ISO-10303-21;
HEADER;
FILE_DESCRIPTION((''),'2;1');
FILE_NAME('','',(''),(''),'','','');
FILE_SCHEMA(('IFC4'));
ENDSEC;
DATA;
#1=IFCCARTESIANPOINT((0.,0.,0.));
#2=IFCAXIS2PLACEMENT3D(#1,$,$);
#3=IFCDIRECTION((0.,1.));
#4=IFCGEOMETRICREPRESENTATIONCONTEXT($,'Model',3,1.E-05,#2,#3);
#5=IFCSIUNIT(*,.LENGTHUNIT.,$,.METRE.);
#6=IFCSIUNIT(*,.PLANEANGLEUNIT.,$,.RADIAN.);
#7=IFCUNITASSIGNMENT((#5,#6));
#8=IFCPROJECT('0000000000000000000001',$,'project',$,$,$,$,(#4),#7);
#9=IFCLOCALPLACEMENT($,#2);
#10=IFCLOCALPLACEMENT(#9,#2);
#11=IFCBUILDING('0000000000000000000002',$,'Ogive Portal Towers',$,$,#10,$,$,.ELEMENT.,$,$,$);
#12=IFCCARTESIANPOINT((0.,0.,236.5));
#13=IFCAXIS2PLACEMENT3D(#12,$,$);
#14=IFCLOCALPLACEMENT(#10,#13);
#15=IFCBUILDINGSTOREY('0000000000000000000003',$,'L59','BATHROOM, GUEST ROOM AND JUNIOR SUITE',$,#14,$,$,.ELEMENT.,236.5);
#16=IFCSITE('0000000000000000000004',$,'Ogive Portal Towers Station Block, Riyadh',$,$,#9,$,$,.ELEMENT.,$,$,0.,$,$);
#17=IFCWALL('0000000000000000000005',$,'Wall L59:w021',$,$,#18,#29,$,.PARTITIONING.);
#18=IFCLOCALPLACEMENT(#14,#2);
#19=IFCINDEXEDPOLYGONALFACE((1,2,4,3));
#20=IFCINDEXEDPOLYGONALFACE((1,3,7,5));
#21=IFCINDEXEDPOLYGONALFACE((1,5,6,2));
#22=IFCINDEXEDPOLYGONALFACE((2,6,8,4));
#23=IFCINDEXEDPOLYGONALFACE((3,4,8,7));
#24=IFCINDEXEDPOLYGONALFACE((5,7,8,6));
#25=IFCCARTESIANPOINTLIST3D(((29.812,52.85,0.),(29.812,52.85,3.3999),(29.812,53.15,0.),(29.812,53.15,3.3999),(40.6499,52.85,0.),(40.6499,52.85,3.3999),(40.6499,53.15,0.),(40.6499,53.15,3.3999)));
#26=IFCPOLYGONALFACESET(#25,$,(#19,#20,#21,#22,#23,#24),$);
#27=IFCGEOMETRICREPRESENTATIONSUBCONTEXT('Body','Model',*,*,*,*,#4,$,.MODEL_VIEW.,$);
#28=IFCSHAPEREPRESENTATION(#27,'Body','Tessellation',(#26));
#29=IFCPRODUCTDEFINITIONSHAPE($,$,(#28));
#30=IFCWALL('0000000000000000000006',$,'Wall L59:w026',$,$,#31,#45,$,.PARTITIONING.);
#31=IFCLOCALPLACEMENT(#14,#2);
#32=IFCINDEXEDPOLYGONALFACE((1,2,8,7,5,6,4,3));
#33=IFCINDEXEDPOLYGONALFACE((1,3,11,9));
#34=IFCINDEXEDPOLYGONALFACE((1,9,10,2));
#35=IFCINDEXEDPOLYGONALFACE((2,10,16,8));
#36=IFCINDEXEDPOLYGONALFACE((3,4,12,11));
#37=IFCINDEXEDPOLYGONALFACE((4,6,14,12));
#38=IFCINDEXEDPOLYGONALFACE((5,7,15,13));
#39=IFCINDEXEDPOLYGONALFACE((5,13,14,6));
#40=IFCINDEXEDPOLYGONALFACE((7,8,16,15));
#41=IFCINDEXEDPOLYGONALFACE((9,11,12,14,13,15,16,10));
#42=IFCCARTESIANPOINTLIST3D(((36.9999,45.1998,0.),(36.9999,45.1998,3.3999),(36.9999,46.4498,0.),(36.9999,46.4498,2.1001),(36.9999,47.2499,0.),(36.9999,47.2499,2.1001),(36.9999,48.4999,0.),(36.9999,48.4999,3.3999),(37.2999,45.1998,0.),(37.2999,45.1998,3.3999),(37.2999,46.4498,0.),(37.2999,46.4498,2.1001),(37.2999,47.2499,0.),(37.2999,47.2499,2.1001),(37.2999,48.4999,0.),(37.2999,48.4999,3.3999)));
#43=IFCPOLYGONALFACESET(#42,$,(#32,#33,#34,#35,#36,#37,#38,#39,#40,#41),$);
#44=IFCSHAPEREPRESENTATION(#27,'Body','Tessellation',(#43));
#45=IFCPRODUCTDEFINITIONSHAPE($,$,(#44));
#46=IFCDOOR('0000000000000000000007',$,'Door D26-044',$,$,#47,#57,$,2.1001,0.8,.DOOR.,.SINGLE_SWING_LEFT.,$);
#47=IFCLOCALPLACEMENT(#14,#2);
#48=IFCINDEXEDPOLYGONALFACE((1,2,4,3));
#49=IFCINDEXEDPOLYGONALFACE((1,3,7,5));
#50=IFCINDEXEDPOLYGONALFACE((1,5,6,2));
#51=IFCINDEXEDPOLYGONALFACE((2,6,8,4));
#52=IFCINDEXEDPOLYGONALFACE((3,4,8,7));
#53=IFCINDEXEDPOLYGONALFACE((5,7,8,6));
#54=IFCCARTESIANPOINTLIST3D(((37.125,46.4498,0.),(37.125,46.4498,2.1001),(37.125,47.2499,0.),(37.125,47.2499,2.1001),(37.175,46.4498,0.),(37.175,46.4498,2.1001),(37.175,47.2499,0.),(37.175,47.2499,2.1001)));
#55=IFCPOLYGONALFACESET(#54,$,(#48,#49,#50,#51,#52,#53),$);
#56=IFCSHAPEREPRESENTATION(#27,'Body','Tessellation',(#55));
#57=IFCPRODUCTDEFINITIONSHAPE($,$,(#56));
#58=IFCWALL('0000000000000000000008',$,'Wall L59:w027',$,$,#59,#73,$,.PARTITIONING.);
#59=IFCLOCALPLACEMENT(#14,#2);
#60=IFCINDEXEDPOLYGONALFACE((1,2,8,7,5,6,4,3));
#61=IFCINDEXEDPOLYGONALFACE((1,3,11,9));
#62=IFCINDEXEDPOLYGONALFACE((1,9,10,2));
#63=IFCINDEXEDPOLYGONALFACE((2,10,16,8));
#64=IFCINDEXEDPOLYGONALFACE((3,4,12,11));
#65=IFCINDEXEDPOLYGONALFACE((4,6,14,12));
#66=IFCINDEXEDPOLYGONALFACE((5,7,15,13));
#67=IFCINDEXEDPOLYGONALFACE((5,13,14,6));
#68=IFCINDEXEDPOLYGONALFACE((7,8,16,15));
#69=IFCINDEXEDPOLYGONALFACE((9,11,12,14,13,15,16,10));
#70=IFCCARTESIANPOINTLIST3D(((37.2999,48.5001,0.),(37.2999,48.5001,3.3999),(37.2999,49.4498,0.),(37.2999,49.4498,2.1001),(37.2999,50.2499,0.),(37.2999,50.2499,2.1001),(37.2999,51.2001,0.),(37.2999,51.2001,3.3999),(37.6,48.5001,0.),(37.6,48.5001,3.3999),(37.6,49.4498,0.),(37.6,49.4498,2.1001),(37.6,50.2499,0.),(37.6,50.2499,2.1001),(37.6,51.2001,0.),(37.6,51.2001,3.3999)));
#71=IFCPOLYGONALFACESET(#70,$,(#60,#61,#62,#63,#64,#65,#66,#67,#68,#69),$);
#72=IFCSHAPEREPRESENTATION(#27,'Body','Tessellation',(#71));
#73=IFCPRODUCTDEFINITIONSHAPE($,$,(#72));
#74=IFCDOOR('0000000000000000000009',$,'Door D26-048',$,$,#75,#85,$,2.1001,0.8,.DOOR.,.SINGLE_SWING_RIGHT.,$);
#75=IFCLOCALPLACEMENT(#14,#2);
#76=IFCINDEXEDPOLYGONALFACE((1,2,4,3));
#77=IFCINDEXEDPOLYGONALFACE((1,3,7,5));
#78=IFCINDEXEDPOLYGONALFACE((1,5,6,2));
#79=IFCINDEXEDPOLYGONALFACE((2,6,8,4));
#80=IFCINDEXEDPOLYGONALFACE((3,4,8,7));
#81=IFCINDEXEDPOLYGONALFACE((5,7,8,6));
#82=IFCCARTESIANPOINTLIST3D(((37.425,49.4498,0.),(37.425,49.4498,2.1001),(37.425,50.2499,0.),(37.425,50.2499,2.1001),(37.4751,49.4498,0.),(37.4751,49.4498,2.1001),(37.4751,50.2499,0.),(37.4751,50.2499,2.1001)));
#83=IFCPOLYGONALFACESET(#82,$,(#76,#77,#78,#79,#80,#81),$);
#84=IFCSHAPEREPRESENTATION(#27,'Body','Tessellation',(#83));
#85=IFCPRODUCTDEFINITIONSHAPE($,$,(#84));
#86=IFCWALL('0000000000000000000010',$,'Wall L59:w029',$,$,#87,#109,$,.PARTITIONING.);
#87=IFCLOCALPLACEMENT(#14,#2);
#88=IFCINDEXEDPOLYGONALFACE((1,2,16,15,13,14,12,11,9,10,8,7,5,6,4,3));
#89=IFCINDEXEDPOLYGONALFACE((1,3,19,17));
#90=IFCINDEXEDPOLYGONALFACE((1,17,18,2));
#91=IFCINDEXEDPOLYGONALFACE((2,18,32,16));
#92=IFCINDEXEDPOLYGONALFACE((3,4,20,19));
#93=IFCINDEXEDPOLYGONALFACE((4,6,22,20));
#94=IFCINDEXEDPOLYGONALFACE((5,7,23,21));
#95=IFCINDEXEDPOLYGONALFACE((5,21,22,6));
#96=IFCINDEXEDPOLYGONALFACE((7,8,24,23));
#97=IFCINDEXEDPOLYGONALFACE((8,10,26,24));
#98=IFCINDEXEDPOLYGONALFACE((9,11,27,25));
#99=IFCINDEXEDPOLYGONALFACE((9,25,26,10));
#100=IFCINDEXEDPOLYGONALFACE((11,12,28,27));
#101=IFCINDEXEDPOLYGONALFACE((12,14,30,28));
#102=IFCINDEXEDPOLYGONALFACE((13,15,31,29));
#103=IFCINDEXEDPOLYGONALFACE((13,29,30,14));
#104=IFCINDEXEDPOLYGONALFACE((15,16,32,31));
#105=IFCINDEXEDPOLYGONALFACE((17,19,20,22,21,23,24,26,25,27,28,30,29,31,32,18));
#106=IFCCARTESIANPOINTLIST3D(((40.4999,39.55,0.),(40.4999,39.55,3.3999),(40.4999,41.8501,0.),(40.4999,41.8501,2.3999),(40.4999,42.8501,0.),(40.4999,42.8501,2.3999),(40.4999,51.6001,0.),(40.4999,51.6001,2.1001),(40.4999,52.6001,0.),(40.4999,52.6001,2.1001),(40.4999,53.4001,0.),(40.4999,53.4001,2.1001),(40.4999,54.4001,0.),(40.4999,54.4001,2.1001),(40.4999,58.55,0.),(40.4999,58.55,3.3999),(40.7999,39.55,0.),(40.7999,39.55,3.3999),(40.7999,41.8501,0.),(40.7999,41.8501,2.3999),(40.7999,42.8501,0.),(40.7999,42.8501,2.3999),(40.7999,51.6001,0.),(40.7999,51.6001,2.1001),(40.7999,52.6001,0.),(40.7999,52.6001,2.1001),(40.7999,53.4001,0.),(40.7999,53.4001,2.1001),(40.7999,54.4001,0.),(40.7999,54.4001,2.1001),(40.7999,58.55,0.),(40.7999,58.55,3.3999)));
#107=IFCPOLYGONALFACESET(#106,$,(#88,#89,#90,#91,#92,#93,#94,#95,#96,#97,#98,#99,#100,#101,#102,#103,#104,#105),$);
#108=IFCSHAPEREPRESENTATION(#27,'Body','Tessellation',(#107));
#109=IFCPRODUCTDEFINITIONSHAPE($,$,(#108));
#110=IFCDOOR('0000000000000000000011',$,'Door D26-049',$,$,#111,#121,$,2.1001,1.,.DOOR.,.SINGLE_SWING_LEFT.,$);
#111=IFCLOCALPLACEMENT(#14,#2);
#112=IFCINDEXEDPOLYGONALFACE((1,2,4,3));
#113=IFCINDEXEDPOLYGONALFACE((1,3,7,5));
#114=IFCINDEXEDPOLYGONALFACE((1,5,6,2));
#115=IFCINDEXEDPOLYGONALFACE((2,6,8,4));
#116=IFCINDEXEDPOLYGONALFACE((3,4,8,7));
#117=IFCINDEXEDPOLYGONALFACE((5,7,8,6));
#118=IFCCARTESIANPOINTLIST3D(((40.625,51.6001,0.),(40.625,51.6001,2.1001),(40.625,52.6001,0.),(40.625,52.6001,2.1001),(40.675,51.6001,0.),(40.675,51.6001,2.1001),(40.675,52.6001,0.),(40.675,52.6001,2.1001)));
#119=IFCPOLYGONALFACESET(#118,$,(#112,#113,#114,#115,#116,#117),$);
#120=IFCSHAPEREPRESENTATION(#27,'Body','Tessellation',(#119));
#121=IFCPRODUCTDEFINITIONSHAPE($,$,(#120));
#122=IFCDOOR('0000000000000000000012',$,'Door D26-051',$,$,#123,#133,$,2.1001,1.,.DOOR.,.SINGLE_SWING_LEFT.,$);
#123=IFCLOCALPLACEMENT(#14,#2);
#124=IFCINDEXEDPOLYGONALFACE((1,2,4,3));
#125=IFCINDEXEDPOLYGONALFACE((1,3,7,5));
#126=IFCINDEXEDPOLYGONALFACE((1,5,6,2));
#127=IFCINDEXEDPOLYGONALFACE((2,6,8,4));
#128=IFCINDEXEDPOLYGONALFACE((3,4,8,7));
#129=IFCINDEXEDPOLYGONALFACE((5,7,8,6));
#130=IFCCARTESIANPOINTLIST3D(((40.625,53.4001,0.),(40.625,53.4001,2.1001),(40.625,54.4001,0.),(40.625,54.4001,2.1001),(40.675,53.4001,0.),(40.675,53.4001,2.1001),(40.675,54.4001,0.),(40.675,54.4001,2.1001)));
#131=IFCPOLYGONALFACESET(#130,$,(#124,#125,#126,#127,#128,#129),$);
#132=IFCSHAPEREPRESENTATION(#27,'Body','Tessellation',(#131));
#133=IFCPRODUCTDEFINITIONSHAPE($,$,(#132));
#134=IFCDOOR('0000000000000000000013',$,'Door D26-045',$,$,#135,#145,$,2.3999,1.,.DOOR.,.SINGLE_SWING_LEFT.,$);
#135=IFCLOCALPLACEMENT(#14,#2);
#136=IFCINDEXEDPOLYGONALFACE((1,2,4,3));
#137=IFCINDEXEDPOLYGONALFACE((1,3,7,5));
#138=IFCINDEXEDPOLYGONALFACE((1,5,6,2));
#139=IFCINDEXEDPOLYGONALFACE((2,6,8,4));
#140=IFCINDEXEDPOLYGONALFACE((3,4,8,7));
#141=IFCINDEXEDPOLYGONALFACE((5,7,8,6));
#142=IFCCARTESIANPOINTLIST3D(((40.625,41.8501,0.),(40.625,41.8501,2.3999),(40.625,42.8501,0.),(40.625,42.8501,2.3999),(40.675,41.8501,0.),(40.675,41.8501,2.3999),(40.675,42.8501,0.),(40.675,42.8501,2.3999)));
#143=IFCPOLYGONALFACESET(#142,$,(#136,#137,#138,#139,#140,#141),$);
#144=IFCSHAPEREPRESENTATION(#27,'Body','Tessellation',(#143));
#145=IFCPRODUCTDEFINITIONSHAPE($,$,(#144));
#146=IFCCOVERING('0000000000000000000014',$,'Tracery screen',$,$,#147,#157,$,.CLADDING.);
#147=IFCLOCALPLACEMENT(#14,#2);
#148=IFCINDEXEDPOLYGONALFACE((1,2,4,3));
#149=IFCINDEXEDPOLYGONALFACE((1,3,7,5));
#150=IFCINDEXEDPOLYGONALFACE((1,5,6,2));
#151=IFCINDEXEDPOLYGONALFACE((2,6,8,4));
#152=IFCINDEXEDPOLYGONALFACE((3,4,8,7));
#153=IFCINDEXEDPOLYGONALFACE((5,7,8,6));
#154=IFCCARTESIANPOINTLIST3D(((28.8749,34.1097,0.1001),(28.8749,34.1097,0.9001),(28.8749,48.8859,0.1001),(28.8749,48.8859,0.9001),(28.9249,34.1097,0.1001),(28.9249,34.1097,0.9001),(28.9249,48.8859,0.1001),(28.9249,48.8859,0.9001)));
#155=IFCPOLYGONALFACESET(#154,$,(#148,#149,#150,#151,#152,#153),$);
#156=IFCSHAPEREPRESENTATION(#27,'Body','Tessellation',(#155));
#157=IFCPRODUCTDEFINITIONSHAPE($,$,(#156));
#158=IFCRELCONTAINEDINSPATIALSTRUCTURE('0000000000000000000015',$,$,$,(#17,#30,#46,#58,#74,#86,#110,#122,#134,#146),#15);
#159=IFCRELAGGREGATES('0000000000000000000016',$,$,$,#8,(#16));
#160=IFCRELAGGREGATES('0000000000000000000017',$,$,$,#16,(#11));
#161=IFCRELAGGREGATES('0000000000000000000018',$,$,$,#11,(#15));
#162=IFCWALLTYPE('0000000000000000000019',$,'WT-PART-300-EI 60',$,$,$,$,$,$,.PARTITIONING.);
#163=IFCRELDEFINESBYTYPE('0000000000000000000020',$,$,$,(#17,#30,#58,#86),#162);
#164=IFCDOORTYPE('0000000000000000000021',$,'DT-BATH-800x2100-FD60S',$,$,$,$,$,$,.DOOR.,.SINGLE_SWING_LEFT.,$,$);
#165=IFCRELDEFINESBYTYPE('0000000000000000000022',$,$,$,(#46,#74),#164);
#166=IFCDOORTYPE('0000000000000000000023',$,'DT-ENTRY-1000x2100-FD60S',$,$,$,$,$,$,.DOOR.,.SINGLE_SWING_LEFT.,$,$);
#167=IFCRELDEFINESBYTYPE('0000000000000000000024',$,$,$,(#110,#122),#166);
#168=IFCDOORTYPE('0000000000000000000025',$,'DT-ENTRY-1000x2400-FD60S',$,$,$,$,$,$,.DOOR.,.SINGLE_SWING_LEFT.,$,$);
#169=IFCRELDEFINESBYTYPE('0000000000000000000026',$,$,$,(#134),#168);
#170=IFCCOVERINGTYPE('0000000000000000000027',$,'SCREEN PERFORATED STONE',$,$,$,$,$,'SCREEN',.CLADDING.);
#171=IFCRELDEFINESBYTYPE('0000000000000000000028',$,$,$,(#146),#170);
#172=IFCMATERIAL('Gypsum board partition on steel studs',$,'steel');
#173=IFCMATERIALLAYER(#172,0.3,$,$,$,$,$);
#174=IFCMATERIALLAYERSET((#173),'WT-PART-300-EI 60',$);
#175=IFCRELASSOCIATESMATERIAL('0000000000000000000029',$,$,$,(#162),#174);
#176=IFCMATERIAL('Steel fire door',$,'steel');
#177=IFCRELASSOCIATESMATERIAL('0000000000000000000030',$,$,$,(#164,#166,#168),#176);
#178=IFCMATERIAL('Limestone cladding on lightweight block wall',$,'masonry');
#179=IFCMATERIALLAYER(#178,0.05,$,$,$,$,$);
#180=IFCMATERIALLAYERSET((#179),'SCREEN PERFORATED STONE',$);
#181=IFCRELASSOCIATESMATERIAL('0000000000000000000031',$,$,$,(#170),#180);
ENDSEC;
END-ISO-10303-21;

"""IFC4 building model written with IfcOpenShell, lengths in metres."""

from ifc_helpers import new_model, si_unit, direction, frame, frame_2d, origin, origin_2d, place, context, subcontext, project, spatial, rectangle, extrude, material, layer, layer_set, type_object, element, fill, save


model = new_model("IFC4")

# Units and contexts
model_context = context("Model", 3, precision=1e-05, world=origin(), true_north=direction((0.0, 1.0)))
body_context = subcontext(model_context, "Body", "Model", "MODEL_VIEW")
ifc_project = project(units=[si_unit("LENGTHUNIT", "METRE"), si_unit("PLANEANGLEUNIT", "RADIAN")], contexts=[model_context])

# Site, building, storey
site_placement = place(None, origin())
site = spatial("IfcSite", under=ifc_project, at=site_placement, Name="Ogive Portal Towers Station Block, Riyadh", CompositionType="ELEMENT", RefElevation=0.0)
building_placement = place(site_placement, origin())
building = spatial("IfcBuilding", under=site, at=building_placement, Name="Ogive Portal Towers", CompositionType="ELEMENT")
storey_placement = place(building_placement, frame((0.0, 0.0, 236.5)))
storey = spatial("IfcBuildingStorey", under=building, at=storey_placement, Name="L59", Description="BATHROOM, GUEST ROOM AND JUNIOR SUITE", CompositionType="ELEMENT", Elevation=236.5)

# Shared definitions
ifc_material_1 = material(Name="Limestone cladding on lightweight block wall", Category="masonry")

# Wall
ifc_material_2 = material(Name="Gypsum board partition on steel studs", Category="steel")
ifc_layer_1 = layer(ifc_material_2, 0.3)
ifc_layer_set_1 = layer_set([ifc_layer_1], Name="WT-PART-300-EI 60")
wall_type_1 = type_object("IfcWallType", Name="WT-PART-300-EI 60", PredefinedType="PARTITIONING", material=ifc_layer_set_1)
wall_1_placement = place(storey_placement, frame((29.812, 53.0, 0.0), z_axis=(0.0, 0.0, 1.0), x_axis=(1.0, 0.0, 0.0)))
element("IfcWall", 1, at=wall_1_placement, inside=storey, type_object=wall_type_1, Name="Wall L59:w021", PredefinedType="PARTITIONING", context=body_context, shape_type="SweptSolid", body=[
    extrude(rectangle(XDim=10.8379, YDim=0.3, at=frame_2d((5.4189, 0.0))), origin(), (0.0, 0.0, 1.0), 3.3999),
])

# Walls, openings, doors
wall_2_placement = place(storey_placement, frame((37.1499, 45.2, 0.0), z_axis=(0.0, 0.0, 1.0), x_axis=(0.0, 1.0, 0.0)))
wall_2 = element("IfcWall", 2, at=wall_2_placement, inside=storey, type_object=wall_type_1, Name="Wall L59:w026", PredefinedType="PARTITIONING", context=body_context, shape_type="SweptSolid", body=[
    extrude(rectangle(XDim=3.3, YDim=0.3, at=frame_2d((1.6499, 0.0))), origin(), (0.0, 0.0, 1.0), 3.3999),
])
opening_1_placement = place(wall_2_placement, frame((1.25, 0.0, 0.0)))
opening_1 = element("IfcOpeningElement", 3, at=opening_1_placement, cuts=wall_2, PredefinedType="OPENING", context=body_context, shape_type="SweptSolid", body=[
    extrude(rectangle(XDim=0.8, YDim=2.1001, at=frame_2d((0.3999, 1.05))), frame((0.0, 0.1602, 0.0), z_axis=(0.0, -1.0, 0.0), x_axis=(1.0, 0.0, 0.0)), (0.0, 0.0, 1.0), 0.3201),
])
ifc_material_3 = material(Name="Steel fire door", Category="steel")
door_type_1 = type_object("IfcDoorType", Name="DT-BATH-800x2100-FD60S", OperationType="SINGLE_SWING_LEFT", PredefinedType="DOOR", material=ifc_material_3)
door_1_placement = place(opening_1_placement, origin())
door_1 = element("IfcDoor", 4, at=door_1_placement, inside=storey, type_object=door_type_1, Name="Door D26-044", OperationType="SINGLE_SWING_LEFT", OverallHeight=2.1001, OverallWidth=0.8, PredefinedType="DOOR", context=body_context, shape_type="SweptSolid", body=[
    extrude(rectangle(XDim=0.8, YDim=2.1001, at=frame_2d((0.3999, 1.05))), frame((0.0, 0.0249, 0.0), z_axis=(0.0, -1.0, 0.0), x_axis=(1.0, 0.0, 0.0)), (0.0, 0.0, 1.0), 0.05),
])
fill(opening_1, door_1)
wall_3_placement = place(storey_placement, frame((37.45, 48.5, 0.0), z_axis=(0.0, 0.0, 1.0), x_axis=(0.0, 1.0, 0.0)))
wall_3 = element("IfcWall", 5, at=wall_3_placement, inside=storey, type_object=wall_type_1, Name="Wall L59:w027", PredefinedType="PARTITIONING", context=body_context, shape_type="SweptSolid", body=[
    extrude(rectangle(XDim=2.7, YDim=0.3, at=frame_2d((1.3501, 0.0))), origin(), (0.0, 0.0, 1.0), 3.3999),
])
opening_2_placement = place(wall_3_placement, frame((0.95, 0.0, 0.0)))
opening_2 = element("IfcOpeningElement", 6, at=opening_2_placement, cuts=wall_3, PredefinedType="OPENING", context=body_context, shape_type="SweptSolid", body=[
    extrude(rectangle(XDim=0.8, YDim=2.1001, at=frame_2d((0.3999, 1.05))), frame((0.0, 0.1602, 0.0), z_axis=(0.0, -1.0, 0.0), x_axis=(1.0, 0.0, 0.0)), (0.0, 0.0, 1.0), 0.3201),
])
door_2_placement = place(opening_2_placement, origin())
door_2 = element("IfcDoor", 7, at=door_2_placement, inside=storey, type_object=door_type_1, Name="Door D26-048", OperationType="SINGLE_SWING_RIGHT", OverallHeight=2.1001, OverallWidth=0.8, PredefinedType="DOOR", context=body_context, shape_type="SweptSolid", body=[
    extrude(rectangle(XDim=0.8, YDim=2.1001, at=frame_2d((0.3999, 1.05))), frame((0.0, 0.0249, 0.0), z_axis=(0.0, -1.0, 0.0), x_axis=(1.0, 0.0, 0.0)), (0.0, 0.0, 1.0), 0.05),
])
fill(opening_2, door_2)

# Wall, openings, doors
wall_4_placement = place(storey_placement, frame((40.6499, 39.55, 0.0), z_axis=(0.0, 0.0, 1.0), x_axis=(0.0, 1.0, 0.0)))
wall_4 = element("IfcWall", 8, at=wall_4_placement, inside=storey, type_object=wall_type_1, Name="Wall L59:w029", PredefinedType="PARTITIONING", context=body_context, shape_type="SweptSolid", body=[
    extrude(rectangle(XDim=19.0, YDim=0.3, at=frame_2d((9.5, 0.0))), origin(), (0.0, 0.0, 1.0), 3.3999),
])
opening_3_placement = place(wall_4_placement, frame((2.3, 0.0, 0.0)))
opening_3 = element("IfcOpeningElement", 9, at=opening_3_placement, cuts=wall_4, PredefinedType="OPENING", context=body_context, shape_type="SweptSolid", body=[
    extrude(rectangle(XDim=1.0, YDim=2.3999, at=frame_2d((0.5, 1.2))), frame((0.0, 0.1602, 0.0), z_axis=(0.0, -1.0, 0.0), x_axis=(1.0, 0.0, 0.0)), (0.0, 0.0, 1.0), 0.3201),
])
opening_4_placement = place(wall_4_placement, frame((12.05, 0.0, 0.0)))
opening_4 = element("IfcOpeningElement", 10, at=opening_4_placement, cuts=wall_4, PredefinedType="OPENING", context=body_context, shape_type="SweptSolid", body=[
    extrude(rectangle(XDim=1.0, YDim=2.1001, at=frame_2d((0.5, 1.05))), frame((0.0, 0.1602, 0.0), z_axis=(0.0, -1.0, 0.0), x_axis=(1.0, 0.0, 0.0)), (0.0, 0.0, 1.0), 0.3201),
])
opening_5_placement = place(wall_4_placement, frame((13.8501, 0.0, 0.0)))
opening_5 = element("IfcOpeningElement", 11, at=opening_5_placement, cuts=wall_4, PredefinedType="OPENING", context=body_context, shape_type="SweptSolid", body=[
    extrude(rectangle(XDim=1.0, YDim=2.1001, at=frame_2d((0.5, 1.05))), frame((0.0, 0.1602, 0.0), z_axis=(0.0, -1.0, 0.0), x_axis=(1.0, 0.0, 0.0)), (0.0, 0.0, 1.0), 0.3201),
])
door_type_2 = type_object("IfcDoorType", Name="DT-ENTRY-1000x2100-FD60S", OperationType="SINGLE_SWING_LEFT", PredefinedType="DOOR", material=ifc_material_3)
door_3_placement = place(opening_4_placement, origin())
door_3 = element("IfcDoor", 12, at=door_3_placement, inside=storey, type_object=door_type_2, Name="Door D26-049", OperationType="SINGLE_SWING_LEFT", OverallHeight=2.1001, OverallWidth=1.0, PredefinedType="DOOR", context=body_context, shape_type="SweptSolid", body=[
    extrude(rectangle(XDim=1.0, YDim=2.1001, at=frame_2d((0.5, 1.05))), frame((0.0, 0.0249, 0.0), z_axis=(0.0, -1.0, 0.0), x_axis=(1.0, 0.0, 0.0)), (0.0, 0.0, 1.0), 0.05),
])
fill(opening_4, door_3)
door_4_placement = place(opening_5_placement, origin())
door_4 = element("IfcDoor", 13, at=door_4_placement, inside=storey, type_object=door_type_2, Name="Door D26-051", OperationType="SINGLE_SWING_LEFT", OverallHeight=2.1001, OverallWidth=1.0, PredefinedType="DOOR", context=body_context, shape_type="SweptSolid", body=[
    extrude(rectangle(XDim=1.0, YDim=2.1001, at=frame_2d((0.5, 1.05))), frame((0.0, 0.0249, 0.0), z_axis=(0.0, -1.0, 0.0), x_axis=(1.0, 0.0, 0.0)), (0.0, 0.0, 1.0), 0.05),
])
fill(opening_5, door_4)
door_type_3 = type_object("IfcDoorType", Name="DT-ENTRY-1000x2400-FD60S", OperationType="SINGLE_SWING_LEFT", PredefinedType="DOOR", material=ifc_material_3)
door_5_placement = place(opening_3_placement, origin())
door_5 = element("IfcDoor", 14, at=door_5_placement, inside=storey, type_object=door_type_3, Name="Door D26-045", OperationType="SINGLE_SWING_LEFT", OverallHeight=2.3999, OverallWidth=1.0, PredefinedType="DOOR", context=body_context, shape_type="SweptSolid", body=[
    extrude(rectangle(XDim=1.0, YDim=2.3999, at=frame_2d((0.5, 1.2))), frame((0.0, 0.0249, 0.0), z_axis=(0.0, -1.0, 0.0), x_axis=(1.0, 0.0, 0.0)), (0.0, 0.0, 1.0), 0.05),
])
fill(opening_3, door_5)

# Covering
ifc_layer_2 = layer(ifc_material_1, 0.05)
ifc_layer_set_2 = layer_set([ifc_layer_2], Name="SCREEN PERFORATED STONE")
covering_type = type_object("IfcCoveringType", Name="SCREEN PERFORATED STONE", ElementType="SCREEN", PredefinedType="CLADDING", material=ifc_layer_set_2)
covering_placement = place(storey_placement, frame((28.8999, 41.4978, 0.1001), z_axis=(0.0, 0.0, 1.0), x_axis=(0.0, -1.0, 0.0)))
element("IfcCovering", 15, at=covering_placement, inside=storey, type_object=covering_type, Name="Tracery screen", PredefinedType="CLADDING", context=body_context, shape_type="SweptSolid", body=[
    extrude(rectangle(XDim=14.7761, YDim=0.05, at=origin_2d()), origin(), (0.0, 0.0, 1.0), 0.8),
])

save(model, "model.ifc")
